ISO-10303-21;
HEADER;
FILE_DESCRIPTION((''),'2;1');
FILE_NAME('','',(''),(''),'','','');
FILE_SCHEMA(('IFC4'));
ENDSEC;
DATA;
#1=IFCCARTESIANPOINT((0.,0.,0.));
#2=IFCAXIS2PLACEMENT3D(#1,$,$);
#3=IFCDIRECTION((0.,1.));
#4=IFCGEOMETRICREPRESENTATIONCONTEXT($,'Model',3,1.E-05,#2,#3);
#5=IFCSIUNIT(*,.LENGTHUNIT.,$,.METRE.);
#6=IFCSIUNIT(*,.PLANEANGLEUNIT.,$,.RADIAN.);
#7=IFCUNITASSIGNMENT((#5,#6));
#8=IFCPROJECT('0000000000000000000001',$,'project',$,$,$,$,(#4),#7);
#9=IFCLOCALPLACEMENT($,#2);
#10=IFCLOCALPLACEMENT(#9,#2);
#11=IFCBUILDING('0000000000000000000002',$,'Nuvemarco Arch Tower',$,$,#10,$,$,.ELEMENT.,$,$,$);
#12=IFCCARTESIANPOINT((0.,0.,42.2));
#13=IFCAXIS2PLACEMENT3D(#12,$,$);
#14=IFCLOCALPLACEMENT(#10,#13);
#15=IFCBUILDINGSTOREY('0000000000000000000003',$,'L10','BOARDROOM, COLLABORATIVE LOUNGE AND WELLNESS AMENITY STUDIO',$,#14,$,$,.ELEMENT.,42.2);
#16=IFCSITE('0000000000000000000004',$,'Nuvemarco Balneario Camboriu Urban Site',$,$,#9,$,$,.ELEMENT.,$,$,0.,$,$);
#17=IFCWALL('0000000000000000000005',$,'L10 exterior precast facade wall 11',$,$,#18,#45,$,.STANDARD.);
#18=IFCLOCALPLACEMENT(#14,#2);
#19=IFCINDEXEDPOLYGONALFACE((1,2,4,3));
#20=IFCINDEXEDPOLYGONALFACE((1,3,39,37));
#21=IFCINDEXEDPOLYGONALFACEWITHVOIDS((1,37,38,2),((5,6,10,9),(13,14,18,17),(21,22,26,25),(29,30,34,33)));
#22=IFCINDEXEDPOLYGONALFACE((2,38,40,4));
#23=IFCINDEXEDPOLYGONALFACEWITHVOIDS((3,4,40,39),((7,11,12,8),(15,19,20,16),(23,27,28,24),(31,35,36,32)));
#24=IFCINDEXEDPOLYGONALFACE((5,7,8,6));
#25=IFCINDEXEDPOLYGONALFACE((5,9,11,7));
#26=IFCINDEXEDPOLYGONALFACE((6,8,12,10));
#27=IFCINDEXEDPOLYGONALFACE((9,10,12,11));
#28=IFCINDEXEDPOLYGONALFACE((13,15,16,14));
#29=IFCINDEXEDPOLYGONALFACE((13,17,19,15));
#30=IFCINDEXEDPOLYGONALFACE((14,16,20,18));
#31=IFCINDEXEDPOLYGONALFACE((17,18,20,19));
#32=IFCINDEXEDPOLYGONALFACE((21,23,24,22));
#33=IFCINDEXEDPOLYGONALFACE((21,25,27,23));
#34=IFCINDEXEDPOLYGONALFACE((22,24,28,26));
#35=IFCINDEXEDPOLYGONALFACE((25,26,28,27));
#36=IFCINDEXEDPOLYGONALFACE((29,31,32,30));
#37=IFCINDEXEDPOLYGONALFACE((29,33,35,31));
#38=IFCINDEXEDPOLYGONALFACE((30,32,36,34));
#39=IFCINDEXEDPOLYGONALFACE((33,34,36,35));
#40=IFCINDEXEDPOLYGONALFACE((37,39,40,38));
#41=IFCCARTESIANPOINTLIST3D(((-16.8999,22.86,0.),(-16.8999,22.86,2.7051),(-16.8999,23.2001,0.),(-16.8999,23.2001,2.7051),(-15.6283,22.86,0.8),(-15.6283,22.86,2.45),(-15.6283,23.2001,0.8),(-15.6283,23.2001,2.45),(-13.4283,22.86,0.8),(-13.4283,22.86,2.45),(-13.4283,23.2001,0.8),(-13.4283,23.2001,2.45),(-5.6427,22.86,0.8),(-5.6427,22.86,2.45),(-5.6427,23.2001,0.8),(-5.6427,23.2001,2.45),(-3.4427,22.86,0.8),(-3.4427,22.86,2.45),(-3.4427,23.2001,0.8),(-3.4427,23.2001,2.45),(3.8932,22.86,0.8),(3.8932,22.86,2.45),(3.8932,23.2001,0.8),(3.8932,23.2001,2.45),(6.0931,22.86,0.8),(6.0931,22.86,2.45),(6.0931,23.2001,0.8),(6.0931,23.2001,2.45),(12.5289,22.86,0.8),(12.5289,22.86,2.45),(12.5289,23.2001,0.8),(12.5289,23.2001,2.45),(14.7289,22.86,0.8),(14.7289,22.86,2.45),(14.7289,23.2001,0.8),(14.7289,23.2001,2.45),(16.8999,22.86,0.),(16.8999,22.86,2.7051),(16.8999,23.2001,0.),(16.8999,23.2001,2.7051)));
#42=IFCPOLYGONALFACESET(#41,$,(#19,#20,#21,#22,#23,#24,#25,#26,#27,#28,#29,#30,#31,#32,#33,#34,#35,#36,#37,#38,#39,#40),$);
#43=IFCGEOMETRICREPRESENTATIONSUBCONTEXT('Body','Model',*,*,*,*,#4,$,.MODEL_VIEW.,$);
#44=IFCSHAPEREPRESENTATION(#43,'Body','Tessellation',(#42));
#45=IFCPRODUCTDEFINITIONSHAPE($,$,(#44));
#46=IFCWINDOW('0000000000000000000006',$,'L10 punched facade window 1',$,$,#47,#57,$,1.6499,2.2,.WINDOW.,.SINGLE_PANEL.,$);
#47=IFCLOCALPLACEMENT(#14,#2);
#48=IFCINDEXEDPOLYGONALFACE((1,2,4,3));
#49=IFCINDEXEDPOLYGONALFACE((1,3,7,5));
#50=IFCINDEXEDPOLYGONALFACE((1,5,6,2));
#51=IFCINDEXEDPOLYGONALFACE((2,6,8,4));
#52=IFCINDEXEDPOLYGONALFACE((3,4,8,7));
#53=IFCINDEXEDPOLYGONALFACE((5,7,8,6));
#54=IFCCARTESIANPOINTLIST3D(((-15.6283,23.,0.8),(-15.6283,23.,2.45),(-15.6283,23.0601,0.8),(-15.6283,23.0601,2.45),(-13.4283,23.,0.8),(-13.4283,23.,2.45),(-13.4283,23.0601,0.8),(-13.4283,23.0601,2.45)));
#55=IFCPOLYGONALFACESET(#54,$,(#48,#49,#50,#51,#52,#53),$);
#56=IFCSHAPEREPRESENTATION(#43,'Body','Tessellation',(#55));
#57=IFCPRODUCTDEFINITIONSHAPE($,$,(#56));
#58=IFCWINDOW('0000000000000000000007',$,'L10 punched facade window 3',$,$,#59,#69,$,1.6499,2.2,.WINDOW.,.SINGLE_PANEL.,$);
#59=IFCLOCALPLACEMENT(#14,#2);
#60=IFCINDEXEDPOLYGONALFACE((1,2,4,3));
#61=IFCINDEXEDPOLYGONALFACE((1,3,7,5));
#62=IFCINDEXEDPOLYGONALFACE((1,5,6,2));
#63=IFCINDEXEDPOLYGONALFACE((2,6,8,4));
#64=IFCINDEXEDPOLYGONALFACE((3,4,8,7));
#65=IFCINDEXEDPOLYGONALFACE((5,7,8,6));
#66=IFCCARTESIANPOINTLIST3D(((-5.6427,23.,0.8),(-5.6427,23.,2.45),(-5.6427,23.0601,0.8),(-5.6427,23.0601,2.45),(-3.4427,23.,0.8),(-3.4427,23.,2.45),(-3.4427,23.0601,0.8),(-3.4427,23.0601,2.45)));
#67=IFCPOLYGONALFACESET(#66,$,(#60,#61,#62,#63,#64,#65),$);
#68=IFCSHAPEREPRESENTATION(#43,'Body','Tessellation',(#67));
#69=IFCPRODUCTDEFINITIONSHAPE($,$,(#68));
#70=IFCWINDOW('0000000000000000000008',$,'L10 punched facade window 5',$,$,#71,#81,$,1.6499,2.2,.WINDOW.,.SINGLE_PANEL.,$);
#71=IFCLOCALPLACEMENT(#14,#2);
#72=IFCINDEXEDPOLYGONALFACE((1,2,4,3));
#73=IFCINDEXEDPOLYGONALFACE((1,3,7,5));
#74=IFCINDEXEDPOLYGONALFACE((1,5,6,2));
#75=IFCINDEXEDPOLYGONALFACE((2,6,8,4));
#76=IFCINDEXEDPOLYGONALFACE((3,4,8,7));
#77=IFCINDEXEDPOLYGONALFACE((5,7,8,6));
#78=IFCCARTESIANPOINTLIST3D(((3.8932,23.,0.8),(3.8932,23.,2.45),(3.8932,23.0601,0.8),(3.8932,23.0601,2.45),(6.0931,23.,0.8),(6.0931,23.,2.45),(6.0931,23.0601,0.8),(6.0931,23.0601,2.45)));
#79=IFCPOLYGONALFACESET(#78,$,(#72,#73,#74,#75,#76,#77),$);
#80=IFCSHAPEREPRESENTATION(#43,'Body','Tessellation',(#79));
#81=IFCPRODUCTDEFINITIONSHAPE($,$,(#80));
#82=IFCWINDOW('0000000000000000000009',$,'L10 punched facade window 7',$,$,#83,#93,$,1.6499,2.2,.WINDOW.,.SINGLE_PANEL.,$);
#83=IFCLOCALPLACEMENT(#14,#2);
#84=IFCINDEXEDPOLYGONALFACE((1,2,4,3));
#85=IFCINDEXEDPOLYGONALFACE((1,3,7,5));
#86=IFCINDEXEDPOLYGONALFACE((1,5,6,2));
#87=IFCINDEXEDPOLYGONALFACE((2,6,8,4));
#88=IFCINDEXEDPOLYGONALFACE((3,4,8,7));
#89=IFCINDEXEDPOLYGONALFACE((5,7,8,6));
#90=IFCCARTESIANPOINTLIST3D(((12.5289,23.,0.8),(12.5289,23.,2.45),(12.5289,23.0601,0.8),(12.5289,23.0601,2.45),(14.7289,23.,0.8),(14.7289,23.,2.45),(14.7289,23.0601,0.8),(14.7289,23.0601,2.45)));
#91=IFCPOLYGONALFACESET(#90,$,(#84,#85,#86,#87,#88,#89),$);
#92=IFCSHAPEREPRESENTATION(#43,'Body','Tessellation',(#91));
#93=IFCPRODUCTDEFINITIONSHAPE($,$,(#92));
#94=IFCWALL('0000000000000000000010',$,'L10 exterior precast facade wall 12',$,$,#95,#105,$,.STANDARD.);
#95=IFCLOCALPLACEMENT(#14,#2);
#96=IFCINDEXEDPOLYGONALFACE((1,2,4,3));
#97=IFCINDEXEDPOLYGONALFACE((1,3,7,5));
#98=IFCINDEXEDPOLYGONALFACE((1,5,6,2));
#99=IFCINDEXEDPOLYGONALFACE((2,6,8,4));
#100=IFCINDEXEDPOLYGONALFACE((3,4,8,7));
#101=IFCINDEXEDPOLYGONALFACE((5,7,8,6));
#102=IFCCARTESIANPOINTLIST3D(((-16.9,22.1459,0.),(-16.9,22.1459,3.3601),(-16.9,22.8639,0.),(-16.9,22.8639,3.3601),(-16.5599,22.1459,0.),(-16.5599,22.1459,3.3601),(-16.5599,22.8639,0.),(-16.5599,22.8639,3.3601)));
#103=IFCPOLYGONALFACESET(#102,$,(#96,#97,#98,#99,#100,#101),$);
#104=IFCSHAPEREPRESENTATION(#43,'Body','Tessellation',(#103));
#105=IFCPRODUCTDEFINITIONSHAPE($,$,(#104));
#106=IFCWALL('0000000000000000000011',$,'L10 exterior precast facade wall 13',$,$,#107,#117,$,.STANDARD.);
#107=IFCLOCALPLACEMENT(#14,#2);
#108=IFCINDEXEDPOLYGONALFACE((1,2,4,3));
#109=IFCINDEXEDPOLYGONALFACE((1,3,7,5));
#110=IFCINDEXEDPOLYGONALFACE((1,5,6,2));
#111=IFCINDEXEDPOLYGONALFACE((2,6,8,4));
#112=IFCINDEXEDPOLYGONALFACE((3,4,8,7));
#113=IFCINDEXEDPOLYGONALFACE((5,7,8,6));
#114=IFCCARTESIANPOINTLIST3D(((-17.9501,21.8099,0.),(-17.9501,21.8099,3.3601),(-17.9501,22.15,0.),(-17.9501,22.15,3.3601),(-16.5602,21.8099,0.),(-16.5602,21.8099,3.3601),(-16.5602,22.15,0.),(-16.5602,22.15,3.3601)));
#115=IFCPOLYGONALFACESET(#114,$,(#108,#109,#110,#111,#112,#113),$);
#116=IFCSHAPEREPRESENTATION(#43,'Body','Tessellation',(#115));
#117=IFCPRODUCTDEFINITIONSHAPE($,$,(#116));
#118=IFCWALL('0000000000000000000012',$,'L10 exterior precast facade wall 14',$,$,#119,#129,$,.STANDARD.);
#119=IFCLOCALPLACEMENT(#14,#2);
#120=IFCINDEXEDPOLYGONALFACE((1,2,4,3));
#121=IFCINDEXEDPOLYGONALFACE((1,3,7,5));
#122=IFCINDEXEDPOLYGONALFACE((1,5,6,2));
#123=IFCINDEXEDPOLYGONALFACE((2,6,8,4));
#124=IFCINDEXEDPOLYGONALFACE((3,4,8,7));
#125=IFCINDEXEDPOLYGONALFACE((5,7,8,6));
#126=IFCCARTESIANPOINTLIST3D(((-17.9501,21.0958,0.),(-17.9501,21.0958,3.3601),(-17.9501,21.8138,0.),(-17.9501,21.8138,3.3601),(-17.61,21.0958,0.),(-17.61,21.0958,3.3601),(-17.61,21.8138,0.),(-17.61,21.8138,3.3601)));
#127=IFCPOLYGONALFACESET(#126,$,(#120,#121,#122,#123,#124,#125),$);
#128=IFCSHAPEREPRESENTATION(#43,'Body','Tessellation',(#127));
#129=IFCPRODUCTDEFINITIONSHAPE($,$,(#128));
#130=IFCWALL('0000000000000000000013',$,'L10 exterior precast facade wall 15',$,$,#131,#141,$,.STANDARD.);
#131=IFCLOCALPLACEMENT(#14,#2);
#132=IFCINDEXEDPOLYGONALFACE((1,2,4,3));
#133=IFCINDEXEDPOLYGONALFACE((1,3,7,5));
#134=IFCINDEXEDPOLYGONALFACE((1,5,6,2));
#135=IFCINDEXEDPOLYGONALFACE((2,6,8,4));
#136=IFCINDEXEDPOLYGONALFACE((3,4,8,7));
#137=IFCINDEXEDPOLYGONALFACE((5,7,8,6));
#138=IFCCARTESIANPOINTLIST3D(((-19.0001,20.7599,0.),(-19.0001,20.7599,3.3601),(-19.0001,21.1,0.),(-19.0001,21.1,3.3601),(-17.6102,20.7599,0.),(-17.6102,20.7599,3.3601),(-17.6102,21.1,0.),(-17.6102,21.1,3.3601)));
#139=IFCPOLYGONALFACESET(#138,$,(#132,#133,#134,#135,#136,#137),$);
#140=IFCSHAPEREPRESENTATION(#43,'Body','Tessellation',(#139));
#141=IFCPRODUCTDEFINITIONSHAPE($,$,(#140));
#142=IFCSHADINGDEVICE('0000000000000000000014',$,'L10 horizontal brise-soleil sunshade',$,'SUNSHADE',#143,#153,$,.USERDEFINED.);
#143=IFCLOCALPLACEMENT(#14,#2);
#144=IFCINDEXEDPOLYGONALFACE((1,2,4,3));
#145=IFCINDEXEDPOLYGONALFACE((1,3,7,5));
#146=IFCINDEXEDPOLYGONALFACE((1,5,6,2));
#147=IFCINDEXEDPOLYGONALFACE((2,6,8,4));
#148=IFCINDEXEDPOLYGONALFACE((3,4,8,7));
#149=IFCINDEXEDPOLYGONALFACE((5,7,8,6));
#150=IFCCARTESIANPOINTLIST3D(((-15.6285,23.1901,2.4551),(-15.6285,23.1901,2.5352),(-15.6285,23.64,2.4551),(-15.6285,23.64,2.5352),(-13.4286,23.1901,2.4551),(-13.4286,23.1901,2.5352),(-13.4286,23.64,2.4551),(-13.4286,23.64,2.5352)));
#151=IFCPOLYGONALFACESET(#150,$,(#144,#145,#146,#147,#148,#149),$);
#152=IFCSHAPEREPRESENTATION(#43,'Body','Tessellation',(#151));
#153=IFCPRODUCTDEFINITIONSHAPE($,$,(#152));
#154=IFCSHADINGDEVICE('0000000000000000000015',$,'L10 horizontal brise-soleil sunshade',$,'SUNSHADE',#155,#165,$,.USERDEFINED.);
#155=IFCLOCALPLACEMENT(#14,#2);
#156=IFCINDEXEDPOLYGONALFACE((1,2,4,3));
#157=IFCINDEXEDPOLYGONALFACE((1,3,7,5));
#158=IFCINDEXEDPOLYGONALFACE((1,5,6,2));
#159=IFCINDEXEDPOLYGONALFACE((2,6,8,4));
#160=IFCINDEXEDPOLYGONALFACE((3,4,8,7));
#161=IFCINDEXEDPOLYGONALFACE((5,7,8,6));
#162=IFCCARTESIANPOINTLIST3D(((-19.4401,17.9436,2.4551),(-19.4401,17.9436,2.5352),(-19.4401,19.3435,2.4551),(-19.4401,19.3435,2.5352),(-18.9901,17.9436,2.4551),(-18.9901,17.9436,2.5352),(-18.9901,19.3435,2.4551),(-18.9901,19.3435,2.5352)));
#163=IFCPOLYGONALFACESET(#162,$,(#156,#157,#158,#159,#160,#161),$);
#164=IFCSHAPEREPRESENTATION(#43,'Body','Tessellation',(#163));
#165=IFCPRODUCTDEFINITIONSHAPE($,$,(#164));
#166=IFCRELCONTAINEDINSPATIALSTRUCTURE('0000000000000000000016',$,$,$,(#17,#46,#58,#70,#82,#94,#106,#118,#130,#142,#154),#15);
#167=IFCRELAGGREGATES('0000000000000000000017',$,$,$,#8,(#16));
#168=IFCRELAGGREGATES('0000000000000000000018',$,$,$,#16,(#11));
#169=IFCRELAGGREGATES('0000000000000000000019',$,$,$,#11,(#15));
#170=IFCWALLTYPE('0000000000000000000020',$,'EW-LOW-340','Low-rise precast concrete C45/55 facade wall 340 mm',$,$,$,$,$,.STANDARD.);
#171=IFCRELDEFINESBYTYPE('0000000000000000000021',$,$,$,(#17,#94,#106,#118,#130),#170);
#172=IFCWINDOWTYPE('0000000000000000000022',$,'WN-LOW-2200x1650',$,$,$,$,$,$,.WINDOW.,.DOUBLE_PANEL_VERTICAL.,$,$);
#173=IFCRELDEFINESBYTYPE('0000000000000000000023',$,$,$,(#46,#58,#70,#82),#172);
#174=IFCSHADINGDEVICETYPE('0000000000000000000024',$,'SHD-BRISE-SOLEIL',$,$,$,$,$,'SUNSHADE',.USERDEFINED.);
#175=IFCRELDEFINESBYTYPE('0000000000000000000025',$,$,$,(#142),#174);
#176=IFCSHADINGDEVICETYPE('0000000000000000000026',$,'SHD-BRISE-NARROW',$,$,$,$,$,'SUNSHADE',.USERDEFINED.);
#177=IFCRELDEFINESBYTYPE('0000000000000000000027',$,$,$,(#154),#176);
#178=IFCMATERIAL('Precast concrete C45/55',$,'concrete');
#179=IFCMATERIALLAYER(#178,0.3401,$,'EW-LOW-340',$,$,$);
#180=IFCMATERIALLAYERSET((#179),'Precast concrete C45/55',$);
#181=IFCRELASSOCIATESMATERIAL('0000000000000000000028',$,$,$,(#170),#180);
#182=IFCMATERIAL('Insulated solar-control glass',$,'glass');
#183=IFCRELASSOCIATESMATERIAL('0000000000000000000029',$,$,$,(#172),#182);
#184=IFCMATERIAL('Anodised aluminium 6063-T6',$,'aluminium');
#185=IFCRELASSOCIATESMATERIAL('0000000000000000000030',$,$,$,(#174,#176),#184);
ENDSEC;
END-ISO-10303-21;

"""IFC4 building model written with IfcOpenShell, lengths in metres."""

from ifc_helpers import new_model, si_unit, direction, frame, frame_2d, origin, origin_2d, place, context, subcontext, project, spatial, rectangle, extrude, source, transform, mapped, material, layer, layer_set, type_object, type_shapes, element, fill, save


model = new_model("IFC4")

# Units and contexts
model_context = context("Model", 3, precision=1e-05, world=origin(), true_north=direction((0.0, 1.0)))
body_context = subcontext(model_context, "Body", "Model", "MODEL_VIEW")
ifc_project = project(units=[si_unit("LENGTHUNIT", "METRE"), si_unit("PLANEANGLEUNIT", "RADIAN")], contexts=[model_context])

# Site, building, storey
site_placement = place(None, origin())
site = spatial("IfcSite", under=ifc_project, at=site_placement, Name="Nuvemarco Balneario Camboriu Urban Site", CompositionType="ELEMENT", RefElevation=0.0)
building_placement = place(site_placement, origin())
building = spatial("IfcBuilding", under=site, at=building_placement, Name="Nuvemarco Arch Tower", CompositionType="ELEMENT")
storey_placement = place(building_placement, frame((0.0, 0.0, 42.2)))
storey = spatial("IfcBuildingStorey", under=building, at=storey_placement, Name="L10", Description="BOARDROOM, COLLABORATIVE LOUNGE AND WELLNESS AMENITY STUDIO", CompositionType="ELEMENT", Elevation=42.2)

# Wall, openings, windows
ifc_material_1 = material(Name="Precast concrete C45/55", Category="concrete")
ifc_layer = layer(ifc_material_1, 0.3401, Name="EW-LOW-340")
ifc_layer_set = layer_set([ifc_layer], Name="Precast concrete C45/55")
wall_type = type_object("IfcWallType", Name="EW-LOW-340", Description="Low-rise precast concrete C45/55 facade wall 340 mm", PredefinedType="STANDARD", material=ifc_layer_set)
wall_1_placement = place(storey_placement, frame((-16.8999, 23.03, 0.0), z_axis=(0.0, 0.0, 1.0), x_axis=(1.0, 0.0, 0.0)))
wall_1 = element("IfcWall", 1, at=wall_1_placement, inside=storey, type_object=wall_type, Name="L10 exterior precast facade wall 11", PredefinedType="STANDARD", context=body_context, shape_type="SweptSolid", body=[
    extrude(rectangle(XDim=33.7998, YDim=0.3401, at=frame_2d((16.8999, 0.0))), origin(), (0.0, 0.0, 1.0), 2.7051),
])
opening_1_placement = place(wall_1_placement, frame((1.2715, 0.0, 0.8)))
opening_1 = element("IfcOpeningElement", 2, at=opening_1_placement, cuts=wall_1, PredefinedType="OPENING", context=body_context, shape_type="SweptSolid", body=[
    extrude(rectangle(XDim=2.2, YDim=1.6499, at=frame_2d((1.1001, 0.825))), frame((0.0, 0.1799, 0.0), z_axis=(0.0, -1.0, 0.0), x_axis=(1.0, 0.0, 0.0)), (0.0, 0.0, 1.0), 0.3601),
])
opening_2_placement = place(wall_1_placement, frame((11.2571, 0.0, 0.8)))
opening_2 = element("IfcOpeningElement", 3, at=opening_2_placement, cuts=wall_1, PredefinedType="OPENING", context=body_context, shape_type="SweptSolid", body=[
    extrude(rectangle(XDim=2.2, YDim=1.6499, at=frame_2d((1.1001, 0.825))), frame((0.0, 0.1799, 0.0), z_axis=(0.0, -1.0, 0.0), x_axis=(1.0, 0.0, 0.0)), (0.0, 0.0, 1.0), 0.3601),
])
opening_3_placement = place(wall_1_placement, frame((20.793, 0.0, 0.8)))
opening_3 = element("IfcOpeningElement", 4, at=opening_3_placement, cuts=wall_1, PredefinedType="OPENING", context=body_context, shape_type="SweptSolid", body=[
    extrude(rectangle(XDim=2.2, YDim=1.6499, at=frame_2d((1.1001, 0.825))), frame((0.0, 0.1799, 0.0), z_axis=(0.0, -1.0, 0.0), x_axis=(1.0, 0.0, 0.0)), (0.0, 0.0, 1.0), 0.3601),
])
opening_4_placement = place(wall_1_placement, frame((29.4287, 0.0, 0.8)))
opening_4 = element("IfcOpeningElement", 5, at=opening_4_placement, cuts=wall_1, PredefinedType="OPENING", context=body_context, shape_type="SweptSolid", body=[
    extrude(rectangle(XDim=2.2, YDim=1.6499, at=frame_2d((1.1001, 0.825))), frame((0.0, 0.1799, 0.0), z_axis=(0.0, -1.0, 0.0), x_axis=(1.0, 0.0, 0.0)), (0.0, 0.0, 1.0), 0.3601),
])
ifc_material_2 = material(Name="Insulated solar-control glass", Category="glass")
window_type = type_object("IfcWindowType", Name="WN-LOW-2200x1650", PartitioningType="DOUBLE_PANEL_VERTICAL", PredefinedType="WINDOW", material=ifc_material_2)
shared_shape_1 = source(origin(), body_context, "Body", "SweptSolid", [
    extrude(rectangle(XDim=2.2, YDim=1.6499, at=frame_2d((1.1001, 0.825))), frame((0.0, 0.03, 0.0), z_axis=(0.0, -1.0, 0.0), x_axis=(1.0, 0.0, 0.0)), (0.0, 0.0, 1.0), 0.0601),
])
type_shapes(window_type, [shared_shape_1])
window_1_placement = place(opening_1_placement, origin())
window_1 = element("IfcWindow", 6, at=window_1_placement, inside=storey, type_object=window_type, Name="L10 punched facade window 1", OverallHeight=1.6499, OverallWidth=2.2, PartitioningType="SINGLE_PANEL", PredefinedType="WINDOW", context=body_context, shape_type="MappedRepresentation", body=[
    mapped(shared_shape_1, transform((0.0, 0.0, 0.0), scale=1.0)),
])
fill(opening_1, window_1)
window_2_placement = place(opening_2_placement, origin())
window_2 = element("IfcWindow", 7, at=window_2_placement, inside=storey, type_object=window_type, Name="L10 punched facade window 3", OverallHeight=1.6499, OverallWidth=2.2, PartitioningType="SINGLE_PANEL", PredefinedType="WINDOW", context=body_context, shape_type="MappedRepresentation", body=[
    mapped(shared_shape_1, transform((0.0, 0.0, 0.0), scale=1.0)),
])
fill(opening_2, window_2)
window_3_placement = place(opening_3_placement, origin())
window_3 = element("IfcWindow", 8, at=window_3_placement, inside=storey, type_object=window_type, Name="L10 punched facade window 5", OverallHeight=1.6499, OverallWidth=2.2, PartitioningType="SINGLE_PANEL", PredefinedType="WINDOW", context=body_context, shape_type="MappedRepresentation", body=[
    mapped(shared_shape_1, transform((0.0, 0.0, 0.0), scale=1.0)),
])
fill(opening_3, window_3)
window_4_placement = place(opening_4_placement, origin())
window_4 = element("IfcWindow", 9, at=window_4_placement, inside=storey, type_object=window_type, Name="L10 punched facade window 7", OverallHeight=1.6499, OverallWidth=2.2, PartitioningType="SINGLE_PANEL", PredefinedType="WINDOW", context=body_context, shape_type="MappedRepresentation", body=[
    mapped(shared_shape_1, transform((0.0, 0.0, 0.0), scale=1.0)),
])
fill(opening_4, window_4)

# Walls
wall_2_placement = place(storey_placement, frame((-16.73, 22.146, 0.0), z_axis=(0.0, 0.0, 1.0), x_axis=(0.0, 1.0, 0.0)))
element("IfcWall", 10, at=wall_2_placement, inside=storey, type_object=wall_type, Name="L10 exterior precast facade wall 12", PredefinedType="STANDARD", context=body_context, shape_type="SweptSolid", body=[
    extrude(rectangle(XDim=0.718, YDim=0.3401, at=frame_2d((0.3589, 0.0))), origin(), (0.0, 0.0, 1.0), 3.3601),
])
wall_3_placement = place(storey_placement, frame((-17.95, 21.98, 0.0), z_axis=(0.0, 0.0, 1.0), x_axis=(1.0, 0.0, 0.0)))
element("IfcWall", 11, at=wall_3_placement, inside=storey, type_object=wall_type, Name="L10 exterior precast facade wall 13", PredefinedType="STANDARD", context=body_context, shape_type="SweptSolid", body=[
    extrude(rectangle(XDim=1.3899, YDim=0.3401, at=frame_2d((0.6948, 0.0))), origin(), (0.0, 0.0, 1.0), 3.3601),
])
wall_4_placement = place(storey_placement, frame((-17.78, 21.0959, 0.0), z_axis=(0.0, 0.0, 1.0), x_axis=(0.0, 1.0, 0.0)))
element("IfcWall", 12, at=wall_4_placement, inside=storey, type_object=wall_type, Name="L10 exterior precast facade wall 14", PredefinedType="STANDARD", context=body_context, shape_type="SweptSolid", body=[
    extrude(rectangle(XDim=0.718, YDim=0.3401, at=frame_2d((0.3589, 0.0))), origin(), (0.0, 0.0, 1.0), 3.3601),
])
wall_5_placement = place(storey_placement, frame((-19.0, 20.9299, 0.0), z_axis=(0.0, 0.0, 1.0), x_axis=(1.0, 0.0, 0.0)))
element("IfcWall", 13, at=wall_5_placement, inside=storey, type_object=wall_type, Name="L10 exterior precast facade wall 15", PredefinedType="STANDARD", context=body_context, shape_type="SweptSolid", body=[
    extrude(rectangle(XDim=1.3899, YDim=0.3401, at=frame_2d((0.6948, 0.0))), origin(), (0.0, 0.0, 1.0), 3.3601),
])

# Shading devices
ifc_material_3 = material(Name="Anodised aluminium 6063-T6", Category="aluminium")
shading_device_type_1 = type_object("IfcShadingDeviceType", Name="SHD-BRISE-SOLEIL", ElementType="SUNSHADE", PredefinedType="USERDEFINED", material=ifc_material_3)
shared_shape_2 = source(origin(), body_context, "Body", "SweptSolid", [
    extrude(rectangle(XDim=2.2, YDim=0.45, at=origin_2d()), origin(), (0.0, 0.0, 1.0), 0.0801),
])
type_shapes(shading_device_type_1, [shared_shape_2])
shading_device_1_placement = place(storey_placement, frame((-14.5286, 23.415, 2.4551), z_axis=(0.0, 0.0, 1.0), x_axis=(1.0, 0.0, 0.0)))
element("IfcShadingDevice", 14, at=shading_device_1_placement, inside=storey, type_object=shading_device_type_1, Name="L10 horizontal brise-soleil sunshade", ObjectType="SUNSHADE", PredefinedType="USERDEFINED", context=body_context, shape_type="MappedRepresentation", body=[
    mapped(shared_shape_2, transform((0.0, 0.0, 0.0), scale=1.0)),
])
shading_device_type_2 = type_object("IfcShadingDeviceType", Name="SHD-BRISE-NARROW", ElementType="SUNSHADE", PredefinedType="USERDEFINED", material=ifc_material_3)
shared_shape_3 = source(origin(), body_context, "Body", "SweptSolid", [
    extrude(rectangle(XDim=1.3999, YDim=0.45, at=origin_2d()), origin(), (0.0, 0.0, 1.0), 0.0801),
])
type_shapes(shading_device_type_2, [shared_shape_3])
shading_device_2_placement = place(storey_placement, frame((-19.2151, 18.6436, 2.4551), z_axis=(0.0, 0.0, 1.0), x_axis=(0.0, 1.0, 0.0)))
element("IfcShadingDevice", 15, at=shading_device_2_placement, inside=storey, type_object=shading_device_type_2, Name="L10 horizontal brise-soleil sunshade", ObjectType="SUNSHADE", PredefinedType="USERDEFINED", context=body_context, shape_type="MappedRepresentation", body=[
    mapped(shared_shape_3, transform((0.0, 0.0, 0.0), scale=1.0)),
])

save(model, "model.ifc")
